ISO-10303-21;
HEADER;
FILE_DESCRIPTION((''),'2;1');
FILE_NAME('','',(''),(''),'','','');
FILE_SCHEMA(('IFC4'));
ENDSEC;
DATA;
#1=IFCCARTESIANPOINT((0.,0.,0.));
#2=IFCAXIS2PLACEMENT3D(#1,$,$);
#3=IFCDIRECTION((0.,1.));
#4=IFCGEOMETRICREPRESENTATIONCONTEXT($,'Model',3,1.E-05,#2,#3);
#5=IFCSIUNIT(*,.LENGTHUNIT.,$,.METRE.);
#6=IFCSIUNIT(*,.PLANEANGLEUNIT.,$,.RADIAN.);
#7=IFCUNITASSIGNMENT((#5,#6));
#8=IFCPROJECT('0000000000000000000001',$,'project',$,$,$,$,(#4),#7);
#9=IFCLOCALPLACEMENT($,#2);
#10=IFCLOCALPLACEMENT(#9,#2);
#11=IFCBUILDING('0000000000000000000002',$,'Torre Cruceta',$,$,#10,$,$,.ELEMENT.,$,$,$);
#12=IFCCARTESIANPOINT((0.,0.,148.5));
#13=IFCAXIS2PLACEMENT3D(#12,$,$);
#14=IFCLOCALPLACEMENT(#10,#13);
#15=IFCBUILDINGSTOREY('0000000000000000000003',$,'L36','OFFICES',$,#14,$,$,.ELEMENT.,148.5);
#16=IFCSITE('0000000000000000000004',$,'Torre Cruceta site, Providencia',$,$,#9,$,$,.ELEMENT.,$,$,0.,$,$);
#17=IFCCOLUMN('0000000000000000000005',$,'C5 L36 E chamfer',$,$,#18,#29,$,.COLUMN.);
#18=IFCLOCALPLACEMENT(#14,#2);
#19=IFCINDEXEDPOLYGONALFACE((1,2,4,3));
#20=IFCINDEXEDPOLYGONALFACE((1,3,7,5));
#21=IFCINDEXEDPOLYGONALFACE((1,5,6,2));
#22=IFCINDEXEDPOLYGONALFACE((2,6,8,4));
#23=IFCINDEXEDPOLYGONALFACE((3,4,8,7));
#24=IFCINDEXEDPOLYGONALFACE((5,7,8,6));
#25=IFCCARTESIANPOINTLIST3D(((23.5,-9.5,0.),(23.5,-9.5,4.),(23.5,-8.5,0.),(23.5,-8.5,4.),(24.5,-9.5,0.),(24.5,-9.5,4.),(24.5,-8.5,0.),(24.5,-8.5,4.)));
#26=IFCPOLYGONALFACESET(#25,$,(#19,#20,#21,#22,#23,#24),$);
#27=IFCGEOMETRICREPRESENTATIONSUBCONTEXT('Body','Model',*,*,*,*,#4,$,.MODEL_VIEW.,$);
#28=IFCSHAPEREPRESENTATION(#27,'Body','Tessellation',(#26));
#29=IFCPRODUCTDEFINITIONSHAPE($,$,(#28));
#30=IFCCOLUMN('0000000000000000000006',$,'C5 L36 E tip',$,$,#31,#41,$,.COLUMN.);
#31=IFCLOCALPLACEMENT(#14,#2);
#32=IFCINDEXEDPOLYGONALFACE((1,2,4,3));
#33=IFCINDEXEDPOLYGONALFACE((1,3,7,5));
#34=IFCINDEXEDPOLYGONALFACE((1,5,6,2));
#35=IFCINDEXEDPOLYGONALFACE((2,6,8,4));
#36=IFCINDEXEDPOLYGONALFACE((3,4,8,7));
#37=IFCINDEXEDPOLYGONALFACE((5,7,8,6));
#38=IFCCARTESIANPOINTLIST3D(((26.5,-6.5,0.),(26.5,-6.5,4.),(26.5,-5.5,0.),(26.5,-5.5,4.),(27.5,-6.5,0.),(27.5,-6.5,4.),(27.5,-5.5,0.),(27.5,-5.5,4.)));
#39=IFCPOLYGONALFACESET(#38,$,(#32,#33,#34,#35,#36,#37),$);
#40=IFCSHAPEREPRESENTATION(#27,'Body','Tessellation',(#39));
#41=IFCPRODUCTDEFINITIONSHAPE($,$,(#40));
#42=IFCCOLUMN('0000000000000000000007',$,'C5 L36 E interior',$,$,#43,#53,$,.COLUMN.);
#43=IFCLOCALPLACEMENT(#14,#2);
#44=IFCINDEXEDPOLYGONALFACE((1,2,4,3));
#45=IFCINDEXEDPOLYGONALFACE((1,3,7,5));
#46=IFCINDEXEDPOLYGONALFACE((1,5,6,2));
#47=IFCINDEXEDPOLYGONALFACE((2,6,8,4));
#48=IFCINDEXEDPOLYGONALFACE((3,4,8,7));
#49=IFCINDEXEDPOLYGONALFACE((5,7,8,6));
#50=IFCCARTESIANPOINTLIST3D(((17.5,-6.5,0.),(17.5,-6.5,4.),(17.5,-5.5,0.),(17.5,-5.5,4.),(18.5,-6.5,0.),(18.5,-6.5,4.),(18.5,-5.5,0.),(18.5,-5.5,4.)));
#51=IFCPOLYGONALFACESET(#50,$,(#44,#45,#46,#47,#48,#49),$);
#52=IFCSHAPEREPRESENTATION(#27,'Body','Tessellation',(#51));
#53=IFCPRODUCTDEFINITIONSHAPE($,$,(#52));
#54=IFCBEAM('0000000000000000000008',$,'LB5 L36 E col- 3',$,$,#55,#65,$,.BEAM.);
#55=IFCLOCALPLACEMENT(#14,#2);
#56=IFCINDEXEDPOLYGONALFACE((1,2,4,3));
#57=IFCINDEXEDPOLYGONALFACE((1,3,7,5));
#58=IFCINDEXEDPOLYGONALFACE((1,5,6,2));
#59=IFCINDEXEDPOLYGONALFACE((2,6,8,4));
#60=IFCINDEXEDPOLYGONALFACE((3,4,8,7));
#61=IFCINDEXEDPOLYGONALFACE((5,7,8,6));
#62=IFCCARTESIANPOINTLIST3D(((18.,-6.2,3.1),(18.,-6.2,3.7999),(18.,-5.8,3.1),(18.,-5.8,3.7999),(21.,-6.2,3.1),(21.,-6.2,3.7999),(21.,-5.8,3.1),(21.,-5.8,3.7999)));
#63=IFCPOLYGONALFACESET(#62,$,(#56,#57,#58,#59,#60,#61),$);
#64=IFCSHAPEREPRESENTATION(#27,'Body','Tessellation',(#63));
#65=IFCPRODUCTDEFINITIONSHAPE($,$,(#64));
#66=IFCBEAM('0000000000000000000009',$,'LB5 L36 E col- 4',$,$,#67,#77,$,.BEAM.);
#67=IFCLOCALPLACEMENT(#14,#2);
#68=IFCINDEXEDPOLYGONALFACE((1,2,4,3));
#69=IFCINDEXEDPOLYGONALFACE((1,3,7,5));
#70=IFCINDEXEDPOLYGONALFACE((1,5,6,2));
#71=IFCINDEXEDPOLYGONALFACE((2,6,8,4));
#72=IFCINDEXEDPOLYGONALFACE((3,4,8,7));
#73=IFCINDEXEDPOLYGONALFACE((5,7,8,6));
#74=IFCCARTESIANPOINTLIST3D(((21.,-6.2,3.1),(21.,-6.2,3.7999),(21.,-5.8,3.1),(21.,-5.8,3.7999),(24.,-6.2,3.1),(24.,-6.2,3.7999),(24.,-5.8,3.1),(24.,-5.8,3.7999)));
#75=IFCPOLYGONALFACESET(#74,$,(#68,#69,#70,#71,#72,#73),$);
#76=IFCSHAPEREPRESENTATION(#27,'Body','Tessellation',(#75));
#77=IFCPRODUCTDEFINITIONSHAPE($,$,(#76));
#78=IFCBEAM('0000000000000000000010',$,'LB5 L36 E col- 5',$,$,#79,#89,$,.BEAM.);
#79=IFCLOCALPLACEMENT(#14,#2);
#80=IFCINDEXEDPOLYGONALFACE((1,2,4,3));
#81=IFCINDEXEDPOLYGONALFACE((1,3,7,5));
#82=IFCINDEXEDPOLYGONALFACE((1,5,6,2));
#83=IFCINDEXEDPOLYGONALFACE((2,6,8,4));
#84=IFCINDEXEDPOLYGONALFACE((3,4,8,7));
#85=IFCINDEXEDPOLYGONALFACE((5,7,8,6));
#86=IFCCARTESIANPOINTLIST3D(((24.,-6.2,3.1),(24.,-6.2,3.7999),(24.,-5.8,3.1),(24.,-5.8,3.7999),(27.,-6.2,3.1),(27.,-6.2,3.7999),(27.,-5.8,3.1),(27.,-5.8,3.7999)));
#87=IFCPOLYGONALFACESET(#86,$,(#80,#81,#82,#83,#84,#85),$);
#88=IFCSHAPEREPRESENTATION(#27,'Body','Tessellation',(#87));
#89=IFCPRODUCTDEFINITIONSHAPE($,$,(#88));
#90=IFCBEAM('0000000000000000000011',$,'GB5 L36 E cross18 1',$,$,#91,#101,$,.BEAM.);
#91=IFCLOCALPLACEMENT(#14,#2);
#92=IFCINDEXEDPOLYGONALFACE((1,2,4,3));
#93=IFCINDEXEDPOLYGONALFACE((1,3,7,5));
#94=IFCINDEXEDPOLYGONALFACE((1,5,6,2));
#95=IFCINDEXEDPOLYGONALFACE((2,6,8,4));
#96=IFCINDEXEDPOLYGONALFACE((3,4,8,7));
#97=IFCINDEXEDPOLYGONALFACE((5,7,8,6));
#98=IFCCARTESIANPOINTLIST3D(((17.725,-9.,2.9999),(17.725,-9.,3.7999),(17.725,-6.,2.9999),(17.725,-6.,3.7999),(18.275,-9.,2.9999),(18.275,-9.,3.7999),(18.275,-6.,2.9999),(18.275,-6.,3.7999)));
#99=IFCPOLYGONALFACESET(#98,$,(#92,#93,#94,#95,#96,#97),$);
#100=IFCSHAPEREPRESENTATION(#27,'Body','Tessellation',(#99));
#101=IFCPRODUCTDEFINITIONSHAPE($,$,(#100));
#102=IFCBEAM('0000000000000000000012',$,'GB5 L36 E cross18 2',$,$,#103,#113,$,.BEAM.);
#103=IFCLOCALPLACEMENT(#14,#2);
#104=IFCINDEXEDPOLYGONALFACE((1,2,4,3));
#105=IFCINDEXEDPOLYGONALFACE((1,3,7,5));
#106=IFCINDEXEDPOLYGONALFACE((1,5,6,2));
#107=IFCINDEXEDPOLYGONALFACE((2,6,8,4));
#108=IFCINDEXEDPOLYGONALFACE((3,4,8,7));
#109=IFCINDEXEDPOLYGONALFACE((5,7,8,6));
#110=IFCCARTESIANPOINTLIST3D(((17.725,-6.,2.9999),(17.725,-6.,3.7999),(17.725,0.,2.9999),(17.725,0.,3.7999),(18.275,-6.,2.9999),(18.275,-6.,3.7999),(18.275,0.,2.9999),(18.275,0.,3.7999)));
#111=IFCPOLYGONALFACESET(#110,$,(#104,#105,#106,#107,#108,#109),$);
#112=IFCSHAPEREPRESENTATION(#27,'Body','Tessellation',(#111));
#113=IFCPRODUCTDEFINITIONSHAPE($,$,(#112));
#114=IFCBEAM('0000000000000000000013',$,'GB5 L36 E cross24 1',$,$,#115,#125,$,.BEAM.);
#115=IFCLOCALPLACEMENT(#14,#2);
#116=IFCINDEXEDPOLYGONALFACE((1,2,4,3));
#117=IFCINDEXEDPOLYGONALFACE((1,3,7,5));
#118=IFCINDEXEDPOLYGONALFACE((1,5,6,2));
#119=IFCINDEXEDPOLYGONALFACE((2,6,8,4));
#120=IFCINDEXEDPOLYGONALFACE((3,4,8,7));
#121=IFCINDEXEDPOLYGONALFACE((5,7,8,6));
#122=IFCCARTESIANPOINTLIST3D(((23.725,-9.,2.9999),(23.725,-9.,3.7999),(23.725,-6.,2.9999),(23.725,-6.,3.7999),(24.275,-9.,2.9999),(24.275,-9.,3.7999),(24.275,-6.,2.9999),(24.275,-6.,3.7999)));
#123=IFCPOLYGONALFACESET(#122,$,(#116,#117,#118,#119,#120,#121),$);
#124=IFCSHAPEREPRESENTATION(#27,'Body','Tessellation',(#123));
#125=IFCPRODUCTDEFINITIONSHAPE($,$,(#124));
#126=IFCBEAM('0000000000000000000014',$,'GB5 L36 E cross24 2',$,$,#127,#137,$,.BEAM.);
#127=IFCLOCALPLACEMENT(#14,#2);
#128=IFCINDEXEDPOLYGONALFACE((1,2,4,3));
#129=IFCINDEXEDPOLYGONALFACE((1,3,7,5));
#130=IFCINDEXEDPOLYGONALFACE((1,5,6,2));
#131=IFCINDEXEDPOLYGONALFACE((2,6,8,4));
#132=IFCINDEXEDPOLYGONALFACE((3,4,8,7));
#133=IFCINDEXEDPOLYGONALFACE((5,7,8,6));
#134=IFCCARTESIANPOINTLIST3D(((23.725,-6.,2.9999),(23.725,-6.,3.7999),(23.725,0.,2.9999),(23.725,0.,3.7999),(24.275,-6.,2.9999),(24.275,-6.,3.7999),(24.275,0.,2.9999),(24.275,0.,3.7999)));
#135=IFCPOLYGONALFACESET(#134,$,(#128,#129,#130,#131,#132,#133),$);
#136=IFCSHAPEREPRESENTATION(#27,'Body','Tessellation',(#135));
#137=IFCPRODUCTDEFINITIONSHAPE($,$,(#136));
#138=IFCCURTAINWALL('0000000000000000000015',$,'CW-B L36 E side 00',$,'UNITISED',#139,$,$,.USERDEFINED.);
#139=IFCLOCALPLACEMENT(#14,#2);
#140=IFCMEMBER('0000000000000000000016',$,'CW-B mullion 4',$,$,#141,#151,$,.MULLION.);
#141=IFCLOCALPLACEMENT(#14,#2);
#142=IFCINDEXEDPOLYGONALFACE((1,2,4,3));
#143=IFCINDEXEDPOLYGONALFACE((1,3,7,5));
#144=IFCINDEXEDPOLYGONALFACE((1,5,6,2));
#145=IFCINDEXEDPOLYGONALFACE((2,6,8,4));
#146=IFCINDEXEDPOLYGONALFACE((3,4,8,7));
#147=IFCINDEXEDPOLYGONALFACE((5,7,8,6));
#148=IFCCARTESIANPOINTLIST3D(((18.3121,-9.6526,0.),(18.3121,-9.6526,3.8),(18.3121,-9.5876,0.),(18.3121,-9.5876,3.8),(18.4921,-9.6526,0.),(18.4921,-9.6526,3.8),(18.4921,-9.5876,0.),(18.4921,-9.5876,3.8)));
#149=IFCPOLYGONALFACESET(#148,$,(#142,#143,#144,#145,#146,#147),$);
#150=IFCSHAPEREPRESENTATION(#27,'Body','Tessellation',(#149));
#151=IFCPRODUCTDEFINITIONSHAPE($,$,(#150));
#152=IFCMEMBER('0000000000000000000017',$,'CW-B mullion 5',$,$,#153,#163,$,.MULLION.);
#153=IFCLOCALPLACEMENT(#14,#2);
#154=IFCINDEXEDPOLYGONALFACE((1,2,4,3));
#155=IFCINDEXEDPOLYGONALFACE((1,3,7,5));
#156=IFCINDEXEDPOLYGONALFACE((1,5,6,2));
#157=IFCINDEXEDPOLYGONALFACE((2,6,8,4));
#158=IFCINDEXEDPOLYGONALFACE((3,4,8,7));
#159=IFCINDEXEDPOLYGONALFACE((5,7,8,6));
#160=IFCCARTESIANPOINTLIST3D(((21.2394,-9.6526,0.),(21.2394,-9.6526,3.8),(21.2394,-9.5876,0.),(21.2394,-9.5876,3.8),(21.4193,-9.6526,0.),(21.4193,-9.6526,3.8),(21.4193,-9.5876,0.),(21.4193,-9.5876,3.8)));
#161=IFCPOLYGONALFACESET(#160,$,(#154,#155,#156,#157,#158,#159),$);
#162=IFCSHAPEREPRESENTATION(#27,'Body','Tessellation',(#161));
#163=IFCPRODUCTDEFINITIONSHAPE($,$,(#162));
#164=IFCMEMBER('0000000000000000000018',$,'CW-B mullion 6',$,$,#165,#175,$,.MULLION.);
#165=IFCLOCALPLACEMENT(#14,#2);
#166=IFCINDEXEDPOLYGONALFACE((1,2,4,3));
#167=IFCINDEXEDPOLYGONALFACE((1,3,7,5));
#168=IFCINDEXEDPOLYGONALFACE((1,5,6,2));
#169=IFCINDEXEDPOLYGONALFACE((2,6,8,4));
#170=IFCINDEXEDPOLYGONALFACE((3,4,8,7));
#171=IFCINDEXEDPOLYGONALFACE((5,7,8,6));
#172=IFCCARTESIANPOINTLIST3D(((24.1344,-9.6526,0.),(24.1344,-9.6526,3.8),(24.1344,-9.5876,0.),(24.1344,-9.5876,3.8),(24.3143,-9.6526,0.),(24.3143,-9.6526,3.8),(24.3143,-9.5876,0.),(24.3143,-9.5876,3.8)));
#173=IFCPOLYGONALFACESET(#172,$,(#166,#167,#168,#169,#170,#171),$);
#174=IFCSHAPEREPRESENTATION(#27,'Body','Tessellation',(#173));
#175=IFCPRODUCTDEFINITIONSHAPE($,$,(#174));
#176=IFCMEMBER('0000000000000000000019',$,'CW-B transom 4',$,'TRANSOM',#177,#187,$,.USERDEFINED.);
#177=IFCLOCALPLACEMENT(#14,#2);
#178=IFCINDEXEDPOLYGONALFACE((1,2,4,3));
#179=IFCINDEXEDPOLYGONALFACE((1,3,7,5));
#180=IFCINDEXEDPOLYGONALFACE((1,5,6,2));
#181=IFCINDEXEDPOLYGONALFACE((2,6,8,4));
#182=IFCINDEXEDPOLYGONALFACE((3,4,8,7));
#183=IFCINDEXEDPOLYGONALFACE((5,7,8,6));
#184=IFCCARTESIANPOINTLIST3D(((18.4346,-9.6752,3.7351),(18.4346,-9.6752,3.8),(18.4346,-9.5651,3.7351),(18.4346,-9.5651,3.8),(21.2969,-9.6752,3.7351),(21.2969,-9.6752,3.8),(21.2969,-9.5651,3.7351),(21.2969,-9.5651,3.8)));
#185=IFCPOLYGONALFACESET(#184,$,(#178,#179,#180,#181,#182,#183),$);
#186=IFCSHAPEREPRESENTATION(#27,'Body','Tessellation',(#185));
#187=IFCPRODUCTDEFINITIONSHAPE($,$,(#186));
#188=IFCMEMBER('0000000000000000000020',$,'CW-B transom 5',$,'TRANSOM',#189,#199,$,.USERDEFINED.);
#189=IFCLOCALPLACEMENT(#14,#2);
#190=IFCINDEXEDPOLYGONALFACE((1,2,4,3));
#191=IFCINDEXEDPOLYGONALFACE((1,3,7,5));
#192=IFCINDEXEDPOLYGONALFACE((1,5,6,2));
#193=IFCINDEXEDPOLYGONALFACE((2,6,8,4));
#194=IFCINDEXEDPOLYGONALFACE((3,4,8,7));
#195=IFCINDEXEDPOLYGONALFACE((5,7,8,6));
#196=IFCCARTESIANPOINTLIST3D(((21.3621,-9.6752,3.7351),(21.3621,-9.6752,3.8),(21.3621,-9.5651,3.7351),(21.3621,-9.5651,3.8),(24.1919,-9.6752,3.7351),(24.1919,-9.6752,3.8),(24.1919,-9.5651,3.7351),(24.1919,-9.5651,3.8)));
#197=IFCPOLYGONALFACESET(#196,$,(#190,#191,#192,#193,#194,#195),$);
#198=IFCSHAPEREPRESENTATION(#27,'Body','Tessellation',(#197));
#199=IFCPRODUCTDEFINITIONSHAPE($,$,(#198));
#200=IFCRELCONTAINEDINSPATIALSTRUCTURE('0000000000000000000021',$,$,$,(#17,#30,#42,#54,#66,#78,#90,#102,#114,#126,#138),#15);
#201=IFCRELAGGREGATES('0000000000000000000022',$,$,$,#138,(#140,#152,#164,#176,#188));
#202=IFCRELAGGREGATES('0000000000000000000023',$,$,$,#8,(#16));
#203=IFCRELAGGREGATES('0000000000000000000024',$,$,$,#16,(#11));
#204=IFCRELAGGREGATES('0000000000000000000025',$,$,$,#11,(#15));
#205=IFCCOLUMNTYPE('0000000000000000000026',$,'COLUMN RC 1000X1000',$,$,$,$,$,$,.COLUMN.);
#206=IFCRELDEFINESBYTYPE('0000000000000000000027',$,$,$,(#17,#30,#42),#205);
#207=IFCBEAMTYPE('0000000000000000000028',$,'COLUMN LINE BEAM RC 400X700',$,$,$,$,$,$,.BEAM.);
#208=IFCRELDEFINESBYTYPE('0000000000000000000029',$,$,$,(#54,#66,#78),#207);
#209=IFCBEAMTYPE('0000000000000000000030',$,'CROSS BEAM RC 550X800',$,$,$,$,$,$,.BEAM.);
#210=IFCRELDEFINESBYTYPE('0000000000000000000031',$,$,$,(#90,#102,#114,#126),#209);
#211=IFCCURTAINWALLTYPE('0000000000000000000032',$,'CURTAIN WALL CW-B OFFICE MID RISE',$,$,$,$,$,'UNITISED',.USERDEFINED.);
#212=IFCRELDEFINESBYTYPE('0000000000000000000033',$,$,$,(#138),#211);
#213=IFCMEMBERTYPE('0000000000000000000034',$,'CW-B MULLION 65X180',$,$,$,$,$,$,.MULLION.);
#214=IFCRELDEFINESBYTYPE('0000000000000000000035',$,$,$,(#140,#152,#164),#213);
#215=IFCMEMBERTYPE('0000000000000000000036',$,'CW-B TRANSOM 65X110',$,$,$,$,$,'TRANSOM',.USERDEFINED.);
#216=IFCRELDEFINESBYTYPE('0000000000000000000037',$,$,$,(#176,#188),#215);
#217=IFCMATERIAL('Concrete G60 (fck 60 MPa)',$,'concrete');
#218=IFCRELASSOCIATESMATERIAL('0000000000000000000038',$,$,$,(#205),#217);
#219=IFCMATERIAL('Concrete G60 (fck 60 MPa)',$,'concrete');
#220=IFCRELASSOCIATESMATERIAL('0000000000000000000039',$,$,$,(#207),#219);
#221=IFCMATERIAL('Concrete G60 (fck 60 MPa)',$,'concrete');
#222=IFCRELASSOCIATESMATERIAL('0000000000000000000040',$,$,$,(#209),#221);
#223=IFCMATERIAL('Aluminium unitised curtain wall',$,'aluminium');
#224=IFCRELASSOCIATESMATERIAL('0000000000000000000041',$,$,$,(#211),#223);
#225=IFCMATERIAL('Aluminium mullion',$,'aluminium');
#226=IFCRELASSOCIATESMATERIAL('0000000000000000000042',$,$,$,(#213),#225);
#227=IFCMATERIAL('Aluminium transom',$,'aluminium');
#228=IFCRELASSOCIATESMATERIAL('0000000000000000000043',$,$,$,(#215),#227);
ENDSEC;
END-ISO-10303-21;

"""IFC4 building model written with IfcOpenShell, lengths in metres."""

from ifc_helpers import new_model, si_unit, direction, frame, origin, origin_2d, place, context, subcontext, project, spatial, rectangle, extrude, material, material_profile, profile_set, type_object, element, aggregate, save


model = new_model("IFC4")

# Units and contexts
model_context = context("Model", 3, precision=1e-05, world=origin(), true_north=direction((0.0, 1.0)))
body_context = subcontext(model_context, "Body", "Model", "MODEL_VIEW")
ifc_project = project(units=[si_unit("LENGTHUNIT", "METRE"), si_unit("PLANEANGLEUNIT", "RADIAN")], contexts=[model_context])

# Site, building, storey
site_placement = place(None, origin())
site = spatial("IfcSite", under=ifc_project, at=site_placement, Name="Torre Cruceta site, Providencia", CompositionType="ELEMENT", RefElevation=0.0)
building_placement = place(site_placement, origin())
building = spatial("IfcBuilding", under=site, at=building_placement, Name="Torre Cruceta", CompositionType="ELEMENT")
storey_placement = place(building_placement, frame((0.0, 0.0, 148.5)))
storey = spatial("IfcBuildingStorey", under=building, at=storey_placement, Name="L36", Description="OFFICES", CompositionType="ELEMENT", Elevation=148.5)

# Columns
ifc_material_1 = material(Name="Concrete G60 (fck 60 MPa)", Category="concrete")
ifc_material_profile_1 = material_profile(ifc_material_1, rectangle(XDim=1.0, YDim=1.0, at=origin_2d()), Name="RC 1000X1000")
ifc_profile_set_1 = profile_set([ifc_material_profile_1], Name="Concrete G60 (fck 60 MPa)")
column_type = type_object("IfcColumnType", Name="COLUMN RC 1000X1000", PredefinedType="COLUMN", material=ifc_profile_set_1)
for number, where, z_axis, x_axis, name in (
    (1, (24.0, -9.0, 0.0), (0.0, 0.0, 1.0), (1.0, 0.0, 0.0), "C5 L36 E chamfer"),
    (2, (27.0, -6.0, 0.0), (0.0, 0.0, 1.0), (1.0, 0.0, 0.0), "C5 L36 E tip"),
    (3, (18.0, -6.0, 0.0), (0.0, 0.0, 1.0), (1.0, 0.0, 0.0), "C5 L36 E interior"),
):
    element("IfcColumn", number, at=place(storey_placement, frame(where, z_axis=z_axis, x_axis=x_axis)), inside=storey, type_object=column_type, Name=name, PredefinedType="COLUMN", context=body_context, shape_type="SweptSolid", body=[
        extrude(rectangle(XDim=1.0, YDim=1.0, at=origin_2d()), origin(), (0.0, 0.0, 1.0), 4.0),
    ])

# Beams
ifc_material_2 = material(Name="Concrete G60 (fck 60 MPa)", Category="concrete")
ifc_material_profile_2 = material_profile(ifc_material_2, rectangle(XDim=0.3999, YDim=0.7, at=origin_2d()), Name="RC 400X700")
ifc_profile_set_2 = profile_set([ifc_material_profile_2], Name="Concrete G60 (fck 60 MPa)")
beam_type_1 = type_object("IfcBeamType", Name="COLUMN LINE BEAM RC 400X700", PredefinedType="BEAM", material=ifc_profile_set_2)
for number, where, z_axis, x_axis, name in (
    (4, (18.0, -6.0, 3.45), (1.0, 0.0, 0.0), (0.0, 1.0, 0.0), "LB5 L36 E col- 3"),
    (5, (21.0, -6.0, 3.45), (1.0, 0.0, 0.0), (0.0, 1.0, 0.0), "LB5 L36 E col- 4"),
    (6, (24.0, -6.0, 3.45), (1.0, 0.0, 0.0), (0.0, 1.0, 0.0), "LB5 L36 E col- 5"),
):
    element("IfcBeam", number, at=place(storey_placement, frame(where, z_axis=z_axis, x_axis=x_axis)), inside=storey, type_object=beam_type_1, Name=name, PredefinedType="BEAM", context=body_context, shape_type="SweptSolid", body=[
        extrude(rectangle(XDim=0.3999, YDim=0.7, at=origin_2d()), origin(), (0.0, 0.0, 1.0), 3.0),
    ])
ifc_material_3 = material(Name="Concrete G60 (fck 60 MPa)", Category="concrete")
ifc_material_profile_3 = material_profile(ifc_material_3, rectangle(XDim=0.55, YDim=0.8, at=origin_2d()), Name="RC 550X800")
ifc_profile_set_3 = profile_set([ifc_material_profile_3], Name="Concrete G60 (fck 60 MPa)")
beam_type_2 = type_object("IfcBeamType", Name="CROSS BEAM RC 550X800", PredefinedType="BEAM", material=ifc_profile_set_3)
beam_1_placement = place(storey_placement, frame((18.0, -9.0, 3.3999), z_axis=(0.0, 1.0, 0.0), x_axis=(-1.0, 0.0, 0.0)))
element("IfcBeam", 7, at=beam_1_placement, inside=storey, type_object=beam_type_2, Name="GB5 L36 E cross18 1", PredefinedType="BEAM", context=body_context, shape_type="SweptSolid", body=[
    extrude(rectangle(XDim=0.55, YDim=0.8, at=origin_2d()), origin(), (0.0, 0.0, 1.0), 3.0),
])
beam_2_placement = place(storey_placement, frame((18.0, -6.0, 3.3999), z_axis=(0.0, 1.0, 0.0), x_axis=(-1.0, 0.0, 0.0)))
element("IfcBeam", 8, at=beam_2_placement, inside=storey, type_object=beam_type_2, Name="GB5 L36 E cross18 2", PredefinedType="BEAM", context=body_context, shape_type="SweptSolid", body=[
    extrude(rectangle(XDim=0.55, YDim=0.8, at=origin_2d()), origin(), (0.0, 0.0, 1.0), 6.0),
])
beam_3_placement = place(storey_placement, frame((24.0, -9.0, 3.3999), z_axis=(0.0, 1.0, 0.0), x_axis=(-1.0, 0.0, 0.0)))
element("IfcBeam", 9, at=beam_3_placement, inside=storey, type_object=beam_type_2, Name="GB5 L36 E cross24 1", PredefinedType="BEAM", context=body_context, shape_type="SweptSolid", body=[
    extrude(rectangle(XDim=0.55, YDim=0.8, at=origin_2d()), origin(), (0.0, 0.0, 1.0), 3.0),
])
beam_4_placement = place(storey_placement, frame((24.0, -6.0, 3.3999), z_axis=(0.0, 1.0, 0.0), x_axis=(-1.0, 0.0, 0.0)))
element("IfcBeam", 10, at=beam_4_placement, inside=storey, type_object=beam_type_2, Name="GB5 L36 E cross24 2", PredefinedType="BEAM", context=body_context, shape_type="SweptSolid", body=[
    extrude(rectangle(XDim=0.55, YDim=0.8, at=origin_2d()), origin(), (0.0, 0.0, 1.0), 6.0),
])

# Curtain wall, members
ifc_material_4 = material(Name="Aluminium unitised curtain wall", Category="aluminium")
curtain_wall_type = type_object("IfcCurtainWallType", Name="CURTAIN WALL CW-B OFFICE MID RISE", ElementType="UNITISED", PredefinedType="USERDEFINED", material=ifc_material_4)
curtain_wall_placement = place(storey_placement, origin())
curtain_wall = element("IfcCurtainWall", 11, at=curtain_wall_placement, inside=storey, type_object=curtain_wall_type, Name="CW-B L36 E side 00", ObjectType="UNITISED", PredefinedType="USERDEFINED")
ifc_material_5 = material(Name="Aluminium mullion", Category="aluminium")
ifc_material_profile_4 = material_profile(ifc_material_5, rectangle(XDim=0.0649, YDim=0.1799, at=origin_2d()), Name="AL 65X180")
ifc_profile_set_4 = profile_set([ifc_material_profile_4], Name="Aluminium mullion")
member_type_1 = type_object("IfcMemberType", Name="CW-B MULLION 65X180", PredefinedType="MULLION", material=ifc_profile_set_4)
member_1_placement = place(storey_placement, frame((18.4021, -9.6201, 0.0), z_axis=(0.0, 0.0, 1.0), x_axis=(0.0, 1.0, 0.0)))
member_1 = element("IfcMember", 12, at=member_1_placement, type_object=member_type_1, Name="CW-B mullion 4", PredefinedType="MULLION", context=body_context, shape_type="SweptSolid", body=[
    extrude(rectangle(XDim=0.0649, YDim=0.1799, at=origin_2d()), origin(), (0.0, 0.0, 1.0), 3.8),
])
member_2_placement = place(storey_placement, frame((21.3293, -9.6201, 0.0), z_axis=(0.0, 0.0, 1.0), x_axis=(0.0, 1.0, 0.0)))
member_2 = element("IfcMember", 13, at=member_2_placement, type_object=member_type_1, Name="CW-B mullion 5", PredefinedType="MULLION", context=body_context, shape_type="SweptSolid", body=[
    extrude(rectangle(XDim=0.0649, YDim=0.1799, at=origin_2d()), origin(), (0.0, 0.0, 1.0), 3.8),
])
member_3_placement = place(storey_placement, frame((24.2244, -9.6201, 0.0), z_axis=(0.0, 0.0, 1.0), x_axis=(0.0, 1.0, 0.0)))
member_3 = element("IfcMember", 14, at=member_3_placement, type_object=member_type_1, Name="CW-B mullion 6", PredefinedType="MULLION", context=body_context, shape_type="SweptSolid", body=[
    extrude(rectangle(XDim=0.0649, YDim=0.1799, at=origin_2d()), origin(), (0.0, 0.0, 1.0), 3.8),
])
ifc_material_6 = material(Name="Aluminium transom", Category="aluminium")
ifc_material_profile_5 = material_profile(ifc_material_6, rectangle(XDim=0.1101, YDim=0.0649, at=origin_2d()), Name="AL 110X65")
ifc_profile_set_5 = profile_set([ifc_material_profile_5], Name="Aluminium transom")
member_type_2 = type_object("IfcMemberType", Name="CW-B TRANSOM 65X110", ElementType="TRANSOM", PredefinedType="USERDEFINED", material=ifc_profile_set_5)
member_4_placement = place(storey_placement, frame((18.4346, -9.6201, 3.7676), z_axis=(1.0, 0.0, 0.0), x_axis=(0.0, 1.0, 0.0)))
member_4 = element("IfcMember", 15, at=member_4_placement, type_object=member_type_2, Name="CW-B transom 4", ObjectType="TRANSOM", PredefinedType="USERDEFINED", context=body_context, shape_type="SweptSolid", body=[
    extrude(rectangle(XDim=0.1101, YDim=0.0649, at=origin_2d()), origin(), (0.0, 0.0, 1.0), 2.8623),
])
member_5_placement = place(storey_placement, frame((21.3621, -9.6201, 3.7676), z_axis=(1.0, 0.0, 0.0), x_axis=(0.0, 1.0, 0.0)))
member_5 = element("IfcMember", 16, at=member_5_placement, type_object=member_type_2, Name="CW-B transom 5", ObjectType="TRANSOM", PredefinedType="USERDEFINED", context=body_context, shape_type="SweptSolid", body=[
    extrude(rectangle(XDim=0.1101, YDim=0.0649, at=origin_2d()), origin(), (0.0, 0.0, 1.0), 2.8298),
])

aggregate(curtain_wall, [member_1, member_2, member_3, member_4, member_5])

save(model, "model.ifc")
